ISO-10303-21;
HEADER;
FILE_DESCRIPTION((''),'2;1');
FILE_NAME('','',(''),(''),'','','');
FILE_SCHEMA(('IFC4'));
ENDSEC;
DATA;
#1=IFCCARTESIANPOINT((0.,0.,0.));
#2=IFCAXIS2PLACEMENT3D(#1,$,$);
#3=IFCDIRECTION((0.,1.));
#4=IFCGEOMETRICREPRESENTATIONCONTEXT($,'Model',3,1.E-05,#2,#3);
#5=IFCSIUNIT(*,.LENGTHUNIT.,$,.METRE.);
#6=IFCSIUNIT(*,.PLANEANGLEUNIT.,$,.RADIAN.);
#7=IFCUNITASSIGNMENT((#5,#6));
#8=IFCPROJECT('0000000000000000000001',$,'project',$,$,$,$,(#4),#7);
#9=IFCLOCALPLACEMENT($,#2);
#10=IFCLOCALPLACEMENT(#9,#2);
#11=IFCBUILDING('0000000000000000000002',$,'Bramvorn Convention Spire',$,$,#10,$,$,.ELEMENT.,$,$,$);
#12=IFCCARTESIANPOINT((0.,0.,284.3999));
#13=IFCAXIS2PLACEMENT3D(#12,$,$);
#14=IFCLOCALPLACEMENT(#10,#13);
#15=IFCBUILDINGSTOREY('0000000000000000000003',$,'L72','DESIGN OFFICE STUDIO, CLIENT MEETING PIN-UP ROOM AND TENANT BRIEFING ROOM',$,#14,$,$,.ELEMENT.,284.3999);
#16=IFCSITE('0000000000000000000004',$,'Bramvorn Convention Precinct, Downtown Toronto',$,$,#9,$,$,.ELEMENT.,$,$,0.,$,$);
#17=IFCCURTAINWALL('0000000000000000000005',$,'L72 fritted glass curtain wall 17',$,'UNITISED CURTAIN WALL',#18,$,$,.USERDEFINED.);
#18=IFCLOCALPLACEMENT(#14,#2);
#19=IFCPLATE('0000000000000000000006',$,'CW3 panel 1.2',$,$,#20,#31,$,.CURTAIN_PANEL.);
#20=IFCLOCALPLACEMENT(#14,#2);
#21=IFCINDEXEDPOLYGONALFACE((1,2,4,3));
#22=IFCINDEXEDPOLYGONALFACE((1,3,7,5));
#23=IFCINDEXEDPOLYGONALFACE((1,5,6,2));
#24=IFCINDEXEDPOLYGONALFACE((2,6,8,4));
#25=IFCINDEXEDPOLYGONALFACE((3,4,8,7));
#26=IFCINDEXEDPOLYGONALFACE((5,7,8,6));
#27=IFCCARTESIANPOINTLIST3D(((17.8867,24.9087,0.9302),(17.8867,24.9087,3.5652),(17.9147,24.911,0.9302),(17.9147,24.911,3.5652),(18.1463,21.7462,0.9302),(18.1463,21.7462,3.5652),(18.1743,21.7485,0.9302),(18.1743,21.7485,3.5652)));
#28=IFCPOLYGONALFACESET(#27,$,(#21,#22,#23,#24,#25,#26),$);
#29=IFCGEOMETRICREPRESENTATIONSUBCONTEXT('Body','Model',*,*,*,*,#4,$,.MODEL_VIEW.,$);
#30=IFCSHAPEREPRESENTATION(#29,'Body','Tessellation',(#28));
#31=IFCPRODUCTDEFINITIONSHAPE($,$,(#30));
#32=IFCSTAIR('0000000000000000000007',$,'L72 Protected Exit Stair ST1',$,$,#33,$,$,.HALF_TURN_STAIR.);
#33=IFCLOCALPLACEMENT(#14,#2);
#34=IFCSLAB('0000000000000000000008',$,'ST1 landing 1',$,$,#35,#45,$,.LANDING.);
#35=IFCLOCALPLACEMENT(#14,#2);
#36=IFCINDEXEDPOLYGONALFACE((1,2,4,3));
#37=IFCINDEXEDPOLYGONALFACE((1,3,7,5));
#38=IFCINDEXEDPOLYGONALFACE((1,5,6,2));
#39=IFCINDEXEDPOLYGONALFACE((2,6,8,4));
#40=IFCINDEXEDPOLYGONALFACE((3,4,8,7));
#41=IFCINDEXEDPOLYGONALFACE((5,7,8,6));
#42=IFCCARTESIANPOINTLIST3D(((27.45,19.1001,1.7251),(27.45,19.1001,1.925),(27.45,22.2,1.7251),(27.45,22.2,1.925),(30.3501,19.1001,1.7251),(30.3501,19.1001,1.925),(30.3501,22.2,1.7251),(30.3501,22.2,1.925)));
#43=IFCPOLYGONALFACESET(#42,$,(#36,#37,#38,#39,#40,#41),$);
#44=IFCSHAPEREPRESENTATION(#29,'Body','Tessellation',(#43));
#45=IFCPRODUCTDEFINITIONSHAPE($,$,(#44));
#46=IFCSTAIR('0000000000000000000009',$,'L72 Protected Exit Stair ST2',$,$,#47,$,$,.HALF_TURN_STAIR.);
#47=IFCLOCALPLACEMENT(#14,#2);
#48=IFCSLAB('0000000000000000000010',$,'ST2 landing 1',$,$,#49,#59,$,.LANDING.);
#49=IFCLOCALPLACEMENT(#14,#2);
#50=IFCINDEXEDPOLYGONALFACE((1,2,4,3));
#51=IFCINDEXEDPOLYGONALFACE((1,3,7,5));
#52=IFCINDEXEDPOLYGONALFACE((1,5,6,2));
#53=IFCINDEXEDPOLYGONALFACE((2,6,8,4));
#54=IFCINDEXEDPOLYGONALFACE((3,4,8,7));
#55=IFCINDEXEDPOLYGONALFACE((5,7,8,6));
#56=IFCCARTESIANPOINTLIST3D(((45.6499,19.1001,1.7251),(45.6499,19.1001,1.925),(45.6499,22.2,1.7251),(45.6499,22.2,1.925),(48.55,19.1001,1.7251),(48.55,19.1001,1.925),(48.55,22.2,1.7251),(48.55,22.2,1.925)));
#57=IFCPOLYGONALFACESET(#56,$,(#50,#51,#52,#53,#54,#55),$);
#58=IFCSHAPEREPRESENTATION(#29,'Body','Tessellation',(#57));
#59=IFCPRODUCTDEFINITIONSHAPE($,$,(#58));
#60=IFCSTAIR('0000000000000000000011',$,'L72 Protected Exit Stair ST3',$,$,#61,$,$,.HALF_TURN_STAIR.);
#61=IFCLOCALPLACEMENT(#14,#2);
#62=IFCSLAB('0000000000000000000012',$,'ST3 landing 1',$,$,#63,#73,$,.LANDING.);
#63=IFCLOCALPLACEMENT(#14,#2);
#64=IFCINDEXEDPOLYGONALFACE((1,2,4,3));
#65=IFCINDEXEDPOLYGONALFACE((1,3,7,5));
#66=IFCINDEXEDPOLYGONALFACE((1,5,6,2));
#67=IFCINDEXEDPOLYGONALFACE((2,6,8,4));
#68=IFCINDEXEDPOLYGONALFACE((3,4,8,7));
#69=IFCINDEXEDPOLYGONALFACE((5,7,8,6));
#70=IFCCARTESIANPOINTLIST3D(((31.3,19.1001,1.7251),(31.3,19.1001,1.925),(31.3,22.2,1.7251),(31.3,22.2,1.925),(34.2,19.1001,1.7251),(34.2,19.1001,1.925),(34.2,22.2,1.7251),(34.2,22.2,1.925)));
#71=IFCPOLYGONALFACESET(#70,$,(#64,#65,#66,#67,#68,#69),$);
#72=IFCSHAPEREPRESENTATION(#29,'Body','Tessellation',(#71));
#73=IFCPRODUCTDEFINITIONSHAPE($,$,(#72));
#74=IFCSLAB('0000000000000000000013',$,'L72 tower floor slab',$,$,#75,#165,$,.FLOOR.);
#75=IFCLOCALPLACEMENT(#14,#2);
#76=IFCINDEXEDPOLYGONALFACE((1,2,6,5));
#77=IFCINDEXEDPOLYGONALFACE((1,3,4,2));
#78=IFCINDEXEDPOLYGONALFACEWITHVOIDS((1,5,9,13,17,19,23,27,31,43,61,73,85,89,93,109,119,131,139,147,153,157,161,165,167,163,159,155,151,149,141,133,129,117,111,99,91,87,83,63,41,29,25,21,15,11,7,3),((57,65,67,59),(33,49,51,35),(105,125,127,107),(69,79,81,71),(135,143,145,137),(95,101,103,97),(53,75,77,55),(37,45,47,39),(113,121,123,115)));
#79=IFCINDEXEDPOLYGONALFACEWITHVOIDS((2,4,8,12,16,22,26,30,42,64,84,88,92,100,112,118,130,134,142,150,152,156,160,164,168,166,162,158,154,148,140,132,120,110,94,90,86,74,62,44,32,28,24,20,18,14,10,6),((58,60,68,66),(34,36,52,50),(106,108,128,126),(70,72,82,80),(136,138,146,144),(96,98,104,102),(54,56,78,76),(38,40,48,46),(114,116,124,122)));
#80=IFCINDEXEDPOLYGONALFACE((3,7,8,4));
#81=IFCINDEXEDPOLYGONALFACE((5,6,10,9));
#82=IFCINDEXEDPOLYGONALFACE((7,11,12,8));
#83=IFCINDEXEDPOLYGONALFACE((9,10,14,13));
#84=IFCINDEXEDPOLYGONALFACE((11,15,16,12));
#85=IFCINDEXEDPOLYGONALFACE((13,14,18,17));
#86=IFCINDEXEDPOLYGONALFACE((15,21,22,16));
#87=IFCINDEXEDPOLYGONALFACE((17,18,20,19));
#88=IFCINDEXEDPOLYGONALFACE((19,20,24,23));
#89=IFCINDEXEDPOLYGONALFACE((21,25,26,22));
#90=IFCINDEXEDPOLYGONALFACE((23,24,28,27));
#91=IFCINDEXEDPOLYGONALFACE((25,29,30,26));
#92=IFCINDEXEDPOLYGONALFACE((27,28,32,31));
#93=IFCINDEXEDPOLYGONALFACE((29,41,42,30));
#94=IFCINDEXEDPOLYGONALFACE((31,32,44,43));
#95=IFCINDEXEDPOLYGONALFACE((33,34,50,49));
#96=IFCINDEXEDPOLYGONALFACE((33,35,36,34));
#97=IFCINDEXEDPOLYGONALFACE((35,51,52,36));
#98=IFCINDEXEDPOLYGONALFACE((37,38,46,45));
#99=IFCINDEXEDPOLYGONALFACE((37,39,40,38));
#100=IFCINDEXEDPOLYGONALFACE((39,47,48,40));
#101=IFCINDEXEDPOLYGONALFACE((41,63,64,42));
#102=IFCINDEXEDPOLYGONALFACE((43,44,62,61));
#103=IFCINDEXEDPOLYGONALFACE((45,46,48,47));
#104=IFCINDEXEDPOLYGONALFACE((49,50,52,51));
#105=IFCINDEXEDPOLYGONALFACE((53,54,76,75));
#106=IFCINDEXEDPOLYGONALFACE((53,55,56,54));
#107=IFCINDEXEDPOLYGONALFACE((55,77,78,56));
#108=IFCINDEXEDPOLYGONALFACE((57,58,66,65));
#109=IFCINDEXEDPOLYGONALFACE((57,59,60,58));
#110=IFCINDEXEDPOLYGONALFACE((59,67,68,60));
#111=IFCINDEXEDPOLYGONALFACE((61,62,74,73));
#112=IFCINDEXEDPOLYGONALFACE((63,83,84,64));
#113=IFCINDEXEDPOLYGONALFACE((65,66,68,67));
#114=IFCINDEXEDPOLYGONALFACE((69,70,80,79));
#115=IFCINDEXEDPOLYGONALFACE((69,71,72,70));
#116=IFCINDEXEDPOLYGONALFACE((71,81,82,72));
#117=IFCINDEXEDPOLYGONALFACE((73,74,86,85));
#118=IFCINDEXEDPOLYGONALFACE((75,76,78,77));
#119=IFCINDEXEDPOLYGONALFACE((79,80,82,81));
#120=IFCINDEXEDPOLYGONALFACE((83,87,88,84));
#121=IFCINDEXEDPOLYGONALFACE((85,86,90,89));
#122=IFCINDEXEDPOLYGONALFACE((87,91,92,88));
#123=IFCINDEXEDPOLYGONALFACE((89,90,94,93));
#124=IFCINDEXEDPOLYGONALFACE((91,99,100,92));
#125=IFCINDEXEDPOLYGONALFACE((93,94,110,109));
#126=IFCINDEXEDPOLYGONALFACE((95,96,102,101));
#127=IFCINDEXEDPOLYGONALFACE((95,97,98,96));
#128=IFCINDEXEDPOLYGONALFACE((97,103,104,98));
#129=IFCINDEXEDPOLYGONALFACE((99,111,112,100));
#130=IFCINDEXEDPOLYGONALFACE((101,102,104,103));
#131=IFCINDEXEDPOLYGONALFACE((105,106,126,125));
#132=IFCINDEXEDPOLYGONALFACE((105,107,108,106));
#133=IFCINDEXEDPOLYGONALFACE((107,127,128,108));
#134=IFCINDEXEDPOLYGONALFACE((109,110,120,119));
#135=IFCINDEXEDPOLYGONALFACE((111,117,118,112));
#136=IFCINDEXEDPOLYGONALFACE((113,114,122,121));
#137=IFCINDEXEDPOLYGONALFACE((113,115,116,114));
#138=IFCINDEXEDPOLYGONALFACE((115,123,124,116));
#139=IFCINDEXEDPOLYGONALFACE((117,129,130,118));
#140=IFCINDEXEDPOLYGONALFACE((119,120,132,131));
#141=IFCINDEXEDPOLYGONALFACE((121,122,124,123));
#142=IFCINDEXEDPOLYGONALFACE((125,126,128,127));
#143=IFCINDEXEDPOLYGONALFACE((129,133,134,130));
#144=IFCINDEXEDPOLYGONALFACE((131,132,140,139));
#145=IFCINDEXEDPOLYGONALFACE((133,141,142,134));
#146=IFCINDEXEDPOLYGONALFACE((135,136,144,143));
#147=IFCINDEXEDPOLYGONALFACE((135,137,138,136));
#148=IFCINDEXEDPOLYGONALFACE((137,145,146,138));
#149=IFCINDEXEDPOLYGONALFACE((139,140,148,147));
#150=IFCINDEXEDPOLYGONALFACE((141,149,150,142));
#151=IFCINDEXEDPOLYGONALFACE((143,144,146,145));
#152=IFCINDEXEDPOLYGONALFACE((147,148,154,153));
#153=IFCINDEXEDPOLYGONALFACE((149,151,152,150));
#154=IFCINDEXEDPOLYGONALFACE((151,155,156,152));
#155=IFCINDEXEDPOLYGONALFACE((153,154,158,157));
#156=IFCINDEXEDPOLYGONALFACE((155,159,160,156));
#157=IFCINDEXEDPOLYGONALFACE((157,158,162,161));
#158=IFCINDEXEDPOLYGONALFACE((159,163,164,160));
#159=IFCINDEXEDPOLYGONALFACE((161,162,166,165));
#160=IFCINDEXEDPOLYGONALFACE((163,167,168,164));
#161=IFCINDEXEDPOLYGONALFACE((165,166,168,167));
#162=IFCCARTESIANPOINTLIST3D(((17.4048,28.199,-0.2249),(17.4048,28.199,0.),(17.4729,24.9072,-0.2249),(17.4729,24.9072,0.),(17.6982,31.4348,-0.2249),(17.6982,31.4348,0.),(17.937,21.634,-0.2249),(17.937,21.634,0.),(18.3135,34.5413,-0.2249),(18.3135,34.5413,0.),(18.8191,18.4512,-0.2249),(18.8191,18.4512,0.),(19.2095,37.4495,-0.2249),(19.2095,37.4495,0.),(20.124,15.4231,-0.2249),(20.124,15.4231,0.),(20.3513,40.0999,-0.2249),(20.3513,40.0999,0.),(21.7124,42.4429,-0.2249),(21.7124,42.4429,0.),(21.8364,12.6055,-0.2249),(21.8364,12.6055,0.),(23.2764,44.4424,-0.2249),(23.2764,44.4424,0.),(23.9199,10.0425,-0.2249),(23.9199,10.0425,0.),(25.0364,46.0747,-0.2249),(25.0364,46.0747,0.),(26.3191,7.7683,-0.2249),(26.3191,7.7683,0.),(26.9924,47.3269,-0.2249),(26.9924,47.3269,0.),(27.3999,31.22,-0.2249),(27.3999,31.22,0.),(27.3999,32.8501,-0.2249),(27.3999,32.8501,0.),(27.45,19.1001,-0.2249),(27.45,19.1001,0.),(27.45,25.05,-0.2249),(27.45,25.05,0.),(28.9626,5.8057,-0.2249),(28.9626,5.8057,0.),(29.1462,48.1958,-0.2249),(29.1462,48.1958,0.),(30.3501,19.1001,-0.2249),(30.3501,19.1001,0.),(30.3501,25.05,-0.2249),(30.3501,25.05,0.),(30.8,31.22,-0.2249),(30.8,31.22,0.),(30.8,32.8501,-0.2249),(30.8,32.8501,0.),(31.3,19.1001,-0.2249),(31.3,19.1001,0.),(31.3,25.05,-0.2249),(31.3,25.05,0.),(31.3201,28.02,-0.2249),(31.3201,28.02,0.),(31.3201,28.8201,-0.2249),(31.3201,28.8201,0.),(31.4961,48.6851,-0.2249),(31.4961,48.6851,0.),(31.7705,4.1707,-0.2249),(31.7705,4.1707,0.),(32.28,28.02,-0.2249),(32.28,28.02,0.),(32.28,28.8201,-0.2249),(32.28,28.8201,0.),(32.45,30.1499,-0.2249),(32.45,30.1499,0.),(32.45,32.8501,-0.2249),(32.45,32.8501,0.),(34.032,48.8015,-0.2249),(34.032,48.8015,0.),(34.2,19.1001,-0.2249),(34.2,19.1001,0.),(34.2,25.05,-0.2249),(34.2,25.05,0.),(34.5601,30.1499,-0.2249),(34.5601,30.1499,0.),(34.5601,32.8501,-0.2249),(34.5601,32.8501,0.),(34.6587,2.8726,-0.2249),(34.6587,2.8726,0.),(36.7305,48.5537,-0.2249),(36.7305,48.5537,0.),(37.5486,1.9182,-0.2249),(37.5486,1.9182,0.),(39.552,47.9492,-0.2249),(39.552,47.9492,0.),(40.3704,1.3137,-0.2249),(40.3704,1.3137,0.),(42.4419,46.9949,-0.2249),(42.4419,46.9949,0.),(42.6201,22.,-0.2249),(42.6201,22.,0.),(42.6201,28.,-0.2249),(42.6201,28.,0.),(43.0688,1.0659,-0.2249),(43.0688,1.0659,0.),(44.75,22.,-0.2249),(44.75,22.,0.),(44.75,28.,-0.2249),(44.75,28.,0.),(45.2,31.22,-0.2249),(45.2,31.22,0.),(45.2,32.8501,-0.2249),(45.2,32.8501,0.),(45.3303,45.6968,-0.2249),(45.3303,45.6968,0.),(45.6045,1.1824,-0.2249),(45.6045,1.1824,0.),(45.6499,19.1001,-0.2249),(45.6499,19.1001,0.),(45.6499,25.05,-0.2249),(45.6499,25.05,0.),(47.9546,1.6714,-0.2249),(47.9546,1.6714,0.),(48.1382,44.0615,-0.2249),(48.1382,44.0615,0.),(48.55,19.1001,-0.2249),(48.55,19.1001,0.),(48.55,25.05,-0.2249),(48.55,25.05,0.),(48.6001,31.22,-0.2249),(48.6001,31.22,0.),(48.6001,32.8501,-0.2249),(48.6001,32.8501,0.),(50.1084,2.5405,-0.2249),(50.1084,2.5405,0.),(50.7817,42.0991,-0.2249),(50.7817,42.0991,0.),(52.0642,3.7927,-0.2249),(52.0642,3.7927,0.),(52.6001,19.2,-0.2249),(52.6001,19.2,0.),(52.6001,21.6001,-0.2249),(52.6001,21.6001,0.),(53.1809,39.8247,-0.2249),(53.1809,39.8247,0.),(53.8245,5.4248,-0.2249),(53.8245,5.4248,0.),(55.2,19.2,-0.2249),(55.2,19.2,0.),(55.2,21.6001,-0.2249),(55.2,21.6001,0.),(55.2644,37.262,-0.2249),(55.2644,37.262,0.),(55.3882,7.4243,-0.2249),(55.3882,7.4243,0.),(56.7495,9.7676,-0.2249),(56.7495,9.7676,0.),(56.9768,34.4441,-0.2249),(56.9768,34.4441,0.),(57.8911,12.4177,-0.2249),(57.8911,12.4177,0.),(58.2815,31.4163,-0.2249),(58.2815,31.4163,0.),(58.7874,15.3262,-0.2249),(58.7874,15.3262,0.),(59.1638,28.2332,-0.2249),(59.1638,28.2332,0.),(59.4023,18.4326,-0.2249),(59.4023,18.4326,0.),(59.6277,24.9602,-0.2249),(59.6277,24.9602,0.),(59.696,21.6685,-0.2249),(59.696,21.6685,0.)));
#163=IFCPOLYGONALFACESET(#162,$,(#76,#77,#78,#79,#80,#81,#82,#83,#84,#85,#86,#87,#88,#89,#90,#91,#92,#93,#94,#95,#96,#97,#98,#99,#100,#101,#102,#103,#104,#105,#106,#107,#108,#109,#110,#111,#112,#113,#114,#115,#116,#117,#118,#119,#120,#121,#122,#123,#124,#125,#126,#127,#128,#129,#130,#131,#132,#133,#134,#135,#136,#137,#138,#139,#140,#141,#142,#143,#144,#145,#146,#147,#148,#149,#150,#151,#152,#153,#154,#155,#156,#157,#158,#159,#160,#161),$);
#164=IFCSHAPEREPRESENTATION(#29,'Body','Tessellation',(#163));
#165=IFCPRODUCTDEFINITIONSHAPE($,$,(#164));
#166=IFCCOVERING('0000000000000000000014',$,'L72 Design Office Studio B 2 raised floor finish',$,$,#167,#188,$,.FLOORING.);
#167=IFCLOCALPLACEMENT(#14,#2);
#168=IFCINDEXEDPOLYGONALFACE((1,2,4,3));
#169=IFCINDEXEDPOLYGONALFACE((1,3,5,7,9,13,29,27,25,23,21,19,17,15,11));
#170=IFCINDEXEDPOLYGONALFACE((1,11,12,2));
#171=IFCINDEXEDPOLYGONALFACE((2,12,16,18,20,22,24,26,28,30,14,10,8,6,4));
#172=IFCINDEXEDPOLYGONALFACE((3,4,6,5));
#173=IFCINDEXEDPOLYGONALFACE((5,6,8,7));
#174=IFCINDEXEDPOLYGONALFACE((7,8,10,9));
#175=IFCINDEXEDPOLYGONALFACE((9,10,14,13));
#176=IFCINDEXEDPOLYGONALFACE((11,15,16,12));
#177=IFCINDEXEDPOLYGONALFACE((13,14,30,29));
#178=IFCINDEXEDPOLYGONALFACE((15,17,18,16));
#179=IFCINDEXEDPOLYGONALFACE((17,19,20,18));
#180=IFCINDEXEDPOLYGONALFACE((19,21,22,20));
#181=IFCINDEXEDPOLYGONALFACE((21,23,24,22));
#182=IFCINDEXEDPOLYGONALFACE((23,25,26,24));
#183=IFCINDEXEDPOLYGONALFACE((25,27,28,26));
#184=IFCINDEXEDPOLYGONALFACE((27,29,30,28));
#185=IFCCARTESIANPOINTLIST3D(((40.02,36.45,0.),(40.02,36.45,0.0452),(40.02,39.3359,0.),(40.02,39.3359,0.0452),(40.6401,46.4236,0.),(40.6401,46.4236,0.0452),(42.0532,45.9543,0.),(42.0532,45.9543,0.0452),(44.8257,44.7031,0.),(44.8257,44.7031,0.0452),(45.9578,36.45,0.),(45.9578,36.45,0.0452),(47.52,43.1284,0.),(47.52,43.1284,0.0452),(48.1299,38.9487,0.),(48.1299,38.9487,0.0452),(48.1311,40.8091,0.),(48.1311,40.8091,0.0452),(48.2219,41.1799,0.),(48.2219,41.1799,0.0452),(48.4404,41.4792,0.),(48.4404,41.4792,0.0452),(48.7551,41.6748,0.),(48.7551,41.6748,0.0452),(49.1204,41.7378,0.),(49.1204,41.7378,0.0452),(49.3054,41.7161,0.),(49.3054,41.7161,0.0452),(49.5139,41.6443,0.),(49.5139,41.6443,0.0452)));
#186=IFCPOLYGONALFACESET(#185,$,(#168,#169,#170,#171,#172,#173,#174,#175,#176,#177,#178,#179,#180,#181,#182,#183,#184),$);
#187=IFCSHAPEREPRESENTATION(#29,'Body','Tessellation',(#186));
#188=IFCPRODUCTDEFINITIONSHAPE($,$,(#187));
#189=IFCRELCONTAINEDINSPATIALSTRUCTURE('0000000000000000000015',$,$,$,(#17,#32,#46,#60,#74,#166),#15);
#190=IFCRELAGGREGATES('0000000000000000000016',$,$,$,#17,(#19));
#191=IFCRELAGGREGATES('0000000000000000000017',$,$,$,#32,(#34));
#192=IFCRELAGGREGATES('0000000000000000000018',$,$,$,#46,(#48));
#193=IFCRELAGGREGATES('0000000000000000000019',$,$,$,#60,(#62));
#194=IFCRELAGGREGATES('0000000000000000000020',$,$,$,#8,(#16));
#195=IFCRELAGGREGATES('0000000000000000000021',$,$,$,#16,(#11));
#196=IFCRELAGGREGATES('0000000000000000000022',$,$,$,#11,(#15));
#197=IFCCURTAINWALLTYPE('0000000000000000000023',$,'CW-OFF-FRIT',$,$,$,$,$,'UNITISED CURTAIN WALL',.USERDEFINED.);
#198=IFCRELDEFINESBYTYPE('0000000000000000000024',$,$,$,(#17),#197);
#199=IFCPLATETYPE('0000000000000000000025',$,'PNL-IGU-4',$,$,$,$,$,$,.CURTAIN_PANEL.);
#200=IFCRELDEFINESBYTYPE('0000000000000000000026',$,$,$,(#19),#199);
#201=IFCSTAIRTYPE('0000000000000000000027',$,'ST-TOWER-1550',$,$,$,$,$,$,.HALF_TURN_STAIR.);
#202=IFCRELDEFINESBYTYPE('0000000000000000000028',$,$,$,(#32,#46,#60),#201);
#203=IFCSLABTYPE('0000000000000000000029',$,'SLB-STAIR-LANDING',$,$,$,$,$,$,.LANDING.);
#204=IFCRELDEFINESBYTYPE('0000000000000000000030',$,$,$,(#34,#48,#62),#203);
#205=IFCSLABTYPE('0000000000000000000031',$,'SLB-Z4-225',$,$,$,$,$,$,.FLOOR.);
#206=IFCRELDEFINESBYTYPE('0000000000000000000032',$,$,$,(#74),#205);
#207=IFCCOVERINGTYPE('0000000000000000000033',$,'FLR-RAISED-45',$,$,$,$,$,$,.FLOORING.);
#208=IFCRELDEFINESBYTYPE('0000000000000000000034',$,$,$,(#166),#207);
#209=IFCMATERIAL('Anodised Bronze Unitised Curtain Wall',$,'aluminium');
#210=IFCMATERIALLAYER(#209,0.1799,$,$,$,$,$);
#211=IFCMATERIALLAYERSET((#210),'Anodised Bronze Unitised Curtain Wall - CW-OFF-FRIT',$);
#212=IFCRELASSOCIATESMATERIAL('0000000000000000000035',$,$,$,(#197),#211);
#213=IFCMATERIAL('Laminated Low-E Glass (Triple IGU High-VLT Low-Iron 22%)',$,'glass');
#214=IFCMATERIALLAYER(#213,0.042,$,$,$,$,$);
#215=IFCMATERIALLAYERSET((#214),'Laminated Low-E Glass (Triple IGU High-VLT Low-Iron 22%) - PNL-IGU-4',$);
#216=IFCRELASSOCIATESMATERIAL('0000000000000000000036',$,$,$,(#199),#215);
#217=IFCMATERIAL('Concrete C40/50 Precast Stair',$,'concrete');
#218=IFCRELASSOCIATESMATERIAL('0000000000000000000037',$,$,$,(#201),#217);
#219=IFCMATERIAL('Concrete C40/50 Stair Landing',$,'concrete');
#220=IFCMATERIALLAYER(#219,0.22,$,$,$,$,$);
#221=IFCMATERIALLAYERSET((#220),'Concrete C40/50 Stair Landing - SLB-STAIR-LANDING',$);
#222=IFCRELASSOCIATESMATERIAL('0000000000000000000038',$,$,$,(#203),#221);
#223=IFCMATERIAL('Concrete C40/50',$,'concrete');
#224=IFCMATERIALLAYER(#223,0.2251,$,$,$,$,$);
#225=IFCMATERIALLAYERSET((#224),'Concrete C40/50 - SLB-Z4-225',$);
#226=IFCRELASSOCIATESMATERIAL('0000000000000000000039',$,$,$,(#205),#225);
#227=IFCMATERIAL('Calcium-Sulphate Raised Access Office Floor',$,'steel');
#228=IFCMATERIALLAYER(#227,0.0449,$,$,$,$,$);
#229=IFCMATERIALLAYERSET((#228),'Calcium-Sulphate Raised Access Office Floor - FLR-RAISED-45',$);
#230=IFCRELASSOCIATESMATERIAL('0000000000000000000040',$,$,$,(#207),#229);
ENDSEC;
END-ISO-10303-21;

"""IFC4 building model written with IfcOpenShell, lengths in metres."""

from ifc_helpers import new_model, si_unit, direction, frame, origin, origin_2d, place, context, subcontext, project, spatial, polyline, rectangle, outline, extrude, material, layer, layer_set, type_object, element, aggregate, save


model = new_model("IFC4")

# Units and contexts
model_context = context("Model", 3, precision=1e-05, world=origin(), true_north=direction((0.0, 1.0)))
body_context = subcontext(model_context, "Body", "Model", "MODEL_VIEW")
ifc_project = project(units=[si_unit("LENGTHUNIT", "METRE"), si_unit("PLANEANGLEUNIT", "RADIAN")], contexts=[model_context])

# Site, building, storey
site_placement = place(None, origin())
site = spatial("IfcSite", under=ifc_project, at=site_placement, Name="Bramvorn Convention Precinct, Downtown Toronto", CompositionType="ELEMENT", RefElevation=0.0)
building_placement = place(site_placement, origin())
building = spatial("IfcBuilding", under=site, at=building_placement, Name="Bramvorn Convention Spire", CompositionType="ELEMENT")
storey_placement = place(building_placement, frame((0.0, 0.0, 284.3999)))
storey = spatial("IfcBuildingStorey", under=building, at=storey_placement, Name="L72", Description="DESIGN OFFICE STUDIO, CLIENT MEETING PIN-UP ROOM AND TENANT BRIEFING ROOM", CompositionType="ELEMENT", Elevation=284.3999)

# Curtain wall, plate
ifc_material_1 = material(Name="Anodised Bronze Unitised Curtain Wall", Category="aluminium")
ifc_layer_1 = layer(ifc_material_1, 0.1799)
ifc_layer_set_1 = layer_set([ifc_layer_1], Name="Anodised Bronze Unitised Curtain Wall - CW-OFF-FRIT")
curtain_wall_type = type_object("IfcCurtainWallType", Name="CW-OFF-FRIT", ElementType="UNITISED CURTAIN WALL", PredefinedType="USERDEFINED", material=ifc_layer_set_1)
curtain_wall_placement = place(storey_placement, origin())
curtain_wall = element("IfcCurtainWall", 1, at=curtain_wall_placement, inside=storey, type_object=curtain_wall_type, Name="L72 fritted glass curtain wall 17", ObjectType="UNITISED CURTAIN WALL", PredefinedType="USERDEFINED")
ifc_material_2 = material(Name="Laminated Low-E Glass (Triple IGU High-VLT Low-Iron 22%)", Category="glass")
ifc_layer_2 = layer(ifc_material_2, 0.042)
ifc_layer_set_2 = layer_set([ifc_layer_2], Name="Laminated Low-E Glass (Triple IGU High-VLT Low-Iron 22%) - PNL-IGU-4")
plate_type = type_object("IfcPlateType", Name="PNL-IGU-4", PredefinedType="CURTAIN_PANEL", material=ifc_layer_set_2)
plate_1_placement = place(storey_placement, frame((18.0305, 23.3286, 0.9302), z_axis=(0.0, 0.0, 1.0), x_axis=(-0.081809, 0.996648, 0.0)))
plate_1 = element("IfcPlate", 2, at=plate_1_placement, type_object=plate_type, Name="CW3 panel 1.2", PredefinedType="CURTAIN_PANEL", context=body_context, shape_type="SweptSolid", body=[
    extrude(rectangle(XDim=3.1731, YDim=0.0281, at=origin_2d()), origin(), (0.0, 0.0, 1.0), 2.635),
])
aggregate(curtain_wall, [plate_1])

# Stairs, slabs
ifc_material_3 = material(Name="Concrete C40/50 Precast Stair", Category="concrete")
stair_type = type_object("IfcStairType", Name="ST-TOWER-1550", PredefinedType="HALF_TURN_STAIR", material=ifc_material_3)
stair_1_placement = place(storey_placement, origin())
stair_1 = element("IfcStair", 3, at=stair_1_placement, inside=storey, type_object=stair_type, Name="L72 Protected Exit Stair ST1", PredefinedType="HALF_TURN_STAIR")
ifc_material_4 = material(Name="Concrete C40/50 Stair Landing", Category="concrete")
ifc_layer_3 = layer(ifc_material_4, 0.22)
ifc_layer_set_3 = layer_set([ifc_layer_3], Name="Concrete C40/50 Stair Landing - SLB-STAIR-LANDING")
slab_type_1 = type_object("IfcSlabType", Name="SLB-STAIR-LANDING", PredefinedType="LANDING", material=ifc_layer_set_3)
slab_1_placement = place(storey_placement, frame((0.0, 0.0, 1.7251)))
slab_1 = element("IfcSlab", 4, at=slab_1_placement, type_object=slab_type_1, Name="ST1 landing 1", PredefinedType="LANDING", context=body_context, shape_type="SweptSolid", body=[
    extrude(outline(polyline([(27.45, 22.2), (27.45, 19.1001), (30.3501, 19.1001), (30.3501, 22.2), (27.45, 22.2)])), origin(), (0.0, 0.0, 1.0), 0.2),
])
aggregate(stair_1, [slab_1])
stair_2_placement = place(storey_placement, origin())
stair_2 = element("IfcStair", 5, at=stair_2_placement, inside=storey, type_object=stair_type, Name="L72 Protected Exit Stair ST2", PredefinedType="HALF_TURN_STAIR")
slab_2_placement = place(storey_placement, frame((0.0, 0.0, 1.7251)))
slab_2 = element("IfcSlab", 6, at=slab_2_placement, type_object=slab_type_1, Name="ST2 landing 1", PredefinedType="LANDING", context=body_context, shape_type="SweptSolid", body=[
    extrude(outline(polyline([(45.6499, 22.2), (45.6499, 19.1001), (48.55, 19.1001), (48.55, 22.2), (45.6499, 22.2)])), origin(), (0.0, 0.0, 1.0), 0.2),
])
aggregate(stair_2, [slab_2])
stair_3_placement = place(storey_placement, origin())
stair_3 = element("IfcStair", 7, at=stair_3_placement, inside=storey, type_object=stair_type, Name="L72 Protected Exit Stair ST3", PredefinedType="HALF_TURN_STAIR")
slab_3_placement = place(storey_placement, frame((0.0, 0.0, 1.7251)))
slab_3 = element("IfcSlab", 8, at=slab_3_placement, type_object=slab_type_1, Name="ST3 landing 1", PredefinedType="LANDING", context=body_context, shape_type="SweptSolid", body=[
    extrude(outline(polyline([(31.3, 22.2), (31.3, 19.1001), (34.2, 19.1001), (34.2, 22.2), (31.3, 22.2)])), origin(), (0.0, 0.0, 1.0), 0.2),
])
aggregate(stair_3, [slab_3])

# Slab
ifc_material_5 = material(Name="Concrete C40/50", Category="concrete")
ifc_layer_4 = layer(ifc_material_5, 0.2251)
ifc_layer_set_4 = layer_set([ifc_layer_4], Name="Concrete C40/50 - SLB-Z4-225")
slab_type_2 = type_object("IfcSlabType", Name="SLB-Z4-225", PredefinedType="FLOOR", material=ifc_layer_set_4)
slab_4_placement = place(storey_placement, frame((0.0, 0.0, -0.2249)))
element("IfcSlab", 9, at=slab_4_placement, inside=storey, type_object=slab_type_2, Name="L72 tower floor slab", PredefinedType="FLOOR", context=body_context, shape_type="SweptSolid", body=[
    extrude(outline(polyline([(50.1084, 2.5405), (52.0642, 3.7927), (53.8245, 5.4248), (55.3882, 7.4243), (56.7495, 9.7676), (57.8911, 12.4177), (58.7874, 15.3262), (59.4023, 18.4326), (59.696, 21.6685), (59.6277, 24.9602), (59.1638, 28.2332), (58.2815, 31.4163), (56.9768, 34.4441), (55.2644, 37.262), (53.1809, 39.8247), (50.7817, 42.0991), (48.1382, 44.0615), (45.3303, 45.6968), (42.4419, 46.9949), (39.552, 47.9492), (36.7305, 48.5537), (34.032, 48.8015), (31.4961, 48.6851), (29.1462, 48.1958), (26.9924, 47.3269), (25.0364, 46.0747), (23.2764, 44.4424), (21.7124, 42.4429), (20.3513, 40.0999), (19.2095, 37.4495), (18.3135, 34.5413), (17.6982, 31.4348), (17.4048, 28.199), (17.4729, 24.9072), (17.937, 21.634), (18.8191, 18.4512), (20.124, 15.4231), (21.8364, 12.6055), (23.9199, 10.0425), (26.3191, 7.7683), (28.9626, 5.8057), (31.7705, 4.1707), (34.6587, 2.8726), (37.5486, 1.9182), (40.3704, 1.3137), (43.0688, 1.0659), (45.6045, 1.1824), (47.9546, 1.6714), (50.1084, 2.5405)]), holes=[polyline([(27.45, 25.05), (27.45, 19.1001), (30.3501, 19.1001), (30.3501, 25.05), (27.45, 25.05)]), polyline([(45.6499, 25.05), (45.6499, 19.1001), (48.55, 19.1001), (48.55, 25.05), (45.6499, 25.05)]), polyline([(31.3, 25.05), (31.3, 19.1001), (34.2, 19.1001), (34.2, 25.05), (31.3, 25.05)]), polyline([(27.3999, 31.22), (30.8, 31.22), (30.8, 32.8501), (27.3999, 32.8501), (27.3999, 31.22)]), polyline([(45.2, 31.22), (48.6001, 31.22), (48.6001, 32.8501), (45.2, 32.8501), (45.2, 31.22)]), polyline([(32.45, 30.1499), (34.5601, 30.1499), (34.5601, 32.8501), (32.45, 32.8501), (32.45, 30.1499)]), polyline([(42.6201, 22.0), (44.75, 22.0), (44.75, 28.0), (42.6201, 28.0), (42.6201, 22.0)]), polyline([(31.3201, 28.02), (32.28, 28.02), (32.28, 28.8201), (31.3201, 28.8201), (31.3201, 28.02)]), polyline([(52.6001, 19.2), (55.2, 19.2), (55.2, 21.6001), (52.6001, 21.6001), (52.6001, 19.2)])]), origin(), (0.0, 0.0, 1.0), 0.2249),
])

# Covering
ifc_material_6 = material(Name="Calcium-Sulphate Raised Access Office Floor", Category="steel")
ifc_layer_5 = layer(ifc_material_6, 0.0449)
ifc_layer_set_5 = layer_set([ifc_layer_5], Name="Calcium-Sulphate Raised Access Office Floor - FLR-RAISED-45")
covering_type = type_object("IfcCoveringType", Name="FLR-RAISED-45", PredefinedType="FLOORING", material=ifc_layer_set_5)
covering_1_placement = place(storey_placement, origin())
element("IfcCovering", 10, at=covering_1_placement, inside=storey, type_object=covering_type, Name="L72 Design Office Studio B 2 raised floor finish", PredefinedType="FLOORING", context=body_context, shape_type="SweptSolid", body=[
    extrude(outline(polyline([(42.0532, 45.9543), (40.6401, 46.4236), (40.02, 39.3359), (40.02, 36.45), (45.9578, 36.45), (48.1299, 38.9487), (48.1311, 40.8091), (48.2219, 41.1799), (48.4404, 41.4792), (48.7551, 41.6748), (49.1204, 41.7378), (49.3054, 41.7161), (49.5139, 41.6443), (47.52, 43.1284), (44.8257, 44.7031), (42.0532, 45.9543)])), origin(), (0.0, 0.0, 1.0), 0.0452),
])

save(model, "model.ifc")
